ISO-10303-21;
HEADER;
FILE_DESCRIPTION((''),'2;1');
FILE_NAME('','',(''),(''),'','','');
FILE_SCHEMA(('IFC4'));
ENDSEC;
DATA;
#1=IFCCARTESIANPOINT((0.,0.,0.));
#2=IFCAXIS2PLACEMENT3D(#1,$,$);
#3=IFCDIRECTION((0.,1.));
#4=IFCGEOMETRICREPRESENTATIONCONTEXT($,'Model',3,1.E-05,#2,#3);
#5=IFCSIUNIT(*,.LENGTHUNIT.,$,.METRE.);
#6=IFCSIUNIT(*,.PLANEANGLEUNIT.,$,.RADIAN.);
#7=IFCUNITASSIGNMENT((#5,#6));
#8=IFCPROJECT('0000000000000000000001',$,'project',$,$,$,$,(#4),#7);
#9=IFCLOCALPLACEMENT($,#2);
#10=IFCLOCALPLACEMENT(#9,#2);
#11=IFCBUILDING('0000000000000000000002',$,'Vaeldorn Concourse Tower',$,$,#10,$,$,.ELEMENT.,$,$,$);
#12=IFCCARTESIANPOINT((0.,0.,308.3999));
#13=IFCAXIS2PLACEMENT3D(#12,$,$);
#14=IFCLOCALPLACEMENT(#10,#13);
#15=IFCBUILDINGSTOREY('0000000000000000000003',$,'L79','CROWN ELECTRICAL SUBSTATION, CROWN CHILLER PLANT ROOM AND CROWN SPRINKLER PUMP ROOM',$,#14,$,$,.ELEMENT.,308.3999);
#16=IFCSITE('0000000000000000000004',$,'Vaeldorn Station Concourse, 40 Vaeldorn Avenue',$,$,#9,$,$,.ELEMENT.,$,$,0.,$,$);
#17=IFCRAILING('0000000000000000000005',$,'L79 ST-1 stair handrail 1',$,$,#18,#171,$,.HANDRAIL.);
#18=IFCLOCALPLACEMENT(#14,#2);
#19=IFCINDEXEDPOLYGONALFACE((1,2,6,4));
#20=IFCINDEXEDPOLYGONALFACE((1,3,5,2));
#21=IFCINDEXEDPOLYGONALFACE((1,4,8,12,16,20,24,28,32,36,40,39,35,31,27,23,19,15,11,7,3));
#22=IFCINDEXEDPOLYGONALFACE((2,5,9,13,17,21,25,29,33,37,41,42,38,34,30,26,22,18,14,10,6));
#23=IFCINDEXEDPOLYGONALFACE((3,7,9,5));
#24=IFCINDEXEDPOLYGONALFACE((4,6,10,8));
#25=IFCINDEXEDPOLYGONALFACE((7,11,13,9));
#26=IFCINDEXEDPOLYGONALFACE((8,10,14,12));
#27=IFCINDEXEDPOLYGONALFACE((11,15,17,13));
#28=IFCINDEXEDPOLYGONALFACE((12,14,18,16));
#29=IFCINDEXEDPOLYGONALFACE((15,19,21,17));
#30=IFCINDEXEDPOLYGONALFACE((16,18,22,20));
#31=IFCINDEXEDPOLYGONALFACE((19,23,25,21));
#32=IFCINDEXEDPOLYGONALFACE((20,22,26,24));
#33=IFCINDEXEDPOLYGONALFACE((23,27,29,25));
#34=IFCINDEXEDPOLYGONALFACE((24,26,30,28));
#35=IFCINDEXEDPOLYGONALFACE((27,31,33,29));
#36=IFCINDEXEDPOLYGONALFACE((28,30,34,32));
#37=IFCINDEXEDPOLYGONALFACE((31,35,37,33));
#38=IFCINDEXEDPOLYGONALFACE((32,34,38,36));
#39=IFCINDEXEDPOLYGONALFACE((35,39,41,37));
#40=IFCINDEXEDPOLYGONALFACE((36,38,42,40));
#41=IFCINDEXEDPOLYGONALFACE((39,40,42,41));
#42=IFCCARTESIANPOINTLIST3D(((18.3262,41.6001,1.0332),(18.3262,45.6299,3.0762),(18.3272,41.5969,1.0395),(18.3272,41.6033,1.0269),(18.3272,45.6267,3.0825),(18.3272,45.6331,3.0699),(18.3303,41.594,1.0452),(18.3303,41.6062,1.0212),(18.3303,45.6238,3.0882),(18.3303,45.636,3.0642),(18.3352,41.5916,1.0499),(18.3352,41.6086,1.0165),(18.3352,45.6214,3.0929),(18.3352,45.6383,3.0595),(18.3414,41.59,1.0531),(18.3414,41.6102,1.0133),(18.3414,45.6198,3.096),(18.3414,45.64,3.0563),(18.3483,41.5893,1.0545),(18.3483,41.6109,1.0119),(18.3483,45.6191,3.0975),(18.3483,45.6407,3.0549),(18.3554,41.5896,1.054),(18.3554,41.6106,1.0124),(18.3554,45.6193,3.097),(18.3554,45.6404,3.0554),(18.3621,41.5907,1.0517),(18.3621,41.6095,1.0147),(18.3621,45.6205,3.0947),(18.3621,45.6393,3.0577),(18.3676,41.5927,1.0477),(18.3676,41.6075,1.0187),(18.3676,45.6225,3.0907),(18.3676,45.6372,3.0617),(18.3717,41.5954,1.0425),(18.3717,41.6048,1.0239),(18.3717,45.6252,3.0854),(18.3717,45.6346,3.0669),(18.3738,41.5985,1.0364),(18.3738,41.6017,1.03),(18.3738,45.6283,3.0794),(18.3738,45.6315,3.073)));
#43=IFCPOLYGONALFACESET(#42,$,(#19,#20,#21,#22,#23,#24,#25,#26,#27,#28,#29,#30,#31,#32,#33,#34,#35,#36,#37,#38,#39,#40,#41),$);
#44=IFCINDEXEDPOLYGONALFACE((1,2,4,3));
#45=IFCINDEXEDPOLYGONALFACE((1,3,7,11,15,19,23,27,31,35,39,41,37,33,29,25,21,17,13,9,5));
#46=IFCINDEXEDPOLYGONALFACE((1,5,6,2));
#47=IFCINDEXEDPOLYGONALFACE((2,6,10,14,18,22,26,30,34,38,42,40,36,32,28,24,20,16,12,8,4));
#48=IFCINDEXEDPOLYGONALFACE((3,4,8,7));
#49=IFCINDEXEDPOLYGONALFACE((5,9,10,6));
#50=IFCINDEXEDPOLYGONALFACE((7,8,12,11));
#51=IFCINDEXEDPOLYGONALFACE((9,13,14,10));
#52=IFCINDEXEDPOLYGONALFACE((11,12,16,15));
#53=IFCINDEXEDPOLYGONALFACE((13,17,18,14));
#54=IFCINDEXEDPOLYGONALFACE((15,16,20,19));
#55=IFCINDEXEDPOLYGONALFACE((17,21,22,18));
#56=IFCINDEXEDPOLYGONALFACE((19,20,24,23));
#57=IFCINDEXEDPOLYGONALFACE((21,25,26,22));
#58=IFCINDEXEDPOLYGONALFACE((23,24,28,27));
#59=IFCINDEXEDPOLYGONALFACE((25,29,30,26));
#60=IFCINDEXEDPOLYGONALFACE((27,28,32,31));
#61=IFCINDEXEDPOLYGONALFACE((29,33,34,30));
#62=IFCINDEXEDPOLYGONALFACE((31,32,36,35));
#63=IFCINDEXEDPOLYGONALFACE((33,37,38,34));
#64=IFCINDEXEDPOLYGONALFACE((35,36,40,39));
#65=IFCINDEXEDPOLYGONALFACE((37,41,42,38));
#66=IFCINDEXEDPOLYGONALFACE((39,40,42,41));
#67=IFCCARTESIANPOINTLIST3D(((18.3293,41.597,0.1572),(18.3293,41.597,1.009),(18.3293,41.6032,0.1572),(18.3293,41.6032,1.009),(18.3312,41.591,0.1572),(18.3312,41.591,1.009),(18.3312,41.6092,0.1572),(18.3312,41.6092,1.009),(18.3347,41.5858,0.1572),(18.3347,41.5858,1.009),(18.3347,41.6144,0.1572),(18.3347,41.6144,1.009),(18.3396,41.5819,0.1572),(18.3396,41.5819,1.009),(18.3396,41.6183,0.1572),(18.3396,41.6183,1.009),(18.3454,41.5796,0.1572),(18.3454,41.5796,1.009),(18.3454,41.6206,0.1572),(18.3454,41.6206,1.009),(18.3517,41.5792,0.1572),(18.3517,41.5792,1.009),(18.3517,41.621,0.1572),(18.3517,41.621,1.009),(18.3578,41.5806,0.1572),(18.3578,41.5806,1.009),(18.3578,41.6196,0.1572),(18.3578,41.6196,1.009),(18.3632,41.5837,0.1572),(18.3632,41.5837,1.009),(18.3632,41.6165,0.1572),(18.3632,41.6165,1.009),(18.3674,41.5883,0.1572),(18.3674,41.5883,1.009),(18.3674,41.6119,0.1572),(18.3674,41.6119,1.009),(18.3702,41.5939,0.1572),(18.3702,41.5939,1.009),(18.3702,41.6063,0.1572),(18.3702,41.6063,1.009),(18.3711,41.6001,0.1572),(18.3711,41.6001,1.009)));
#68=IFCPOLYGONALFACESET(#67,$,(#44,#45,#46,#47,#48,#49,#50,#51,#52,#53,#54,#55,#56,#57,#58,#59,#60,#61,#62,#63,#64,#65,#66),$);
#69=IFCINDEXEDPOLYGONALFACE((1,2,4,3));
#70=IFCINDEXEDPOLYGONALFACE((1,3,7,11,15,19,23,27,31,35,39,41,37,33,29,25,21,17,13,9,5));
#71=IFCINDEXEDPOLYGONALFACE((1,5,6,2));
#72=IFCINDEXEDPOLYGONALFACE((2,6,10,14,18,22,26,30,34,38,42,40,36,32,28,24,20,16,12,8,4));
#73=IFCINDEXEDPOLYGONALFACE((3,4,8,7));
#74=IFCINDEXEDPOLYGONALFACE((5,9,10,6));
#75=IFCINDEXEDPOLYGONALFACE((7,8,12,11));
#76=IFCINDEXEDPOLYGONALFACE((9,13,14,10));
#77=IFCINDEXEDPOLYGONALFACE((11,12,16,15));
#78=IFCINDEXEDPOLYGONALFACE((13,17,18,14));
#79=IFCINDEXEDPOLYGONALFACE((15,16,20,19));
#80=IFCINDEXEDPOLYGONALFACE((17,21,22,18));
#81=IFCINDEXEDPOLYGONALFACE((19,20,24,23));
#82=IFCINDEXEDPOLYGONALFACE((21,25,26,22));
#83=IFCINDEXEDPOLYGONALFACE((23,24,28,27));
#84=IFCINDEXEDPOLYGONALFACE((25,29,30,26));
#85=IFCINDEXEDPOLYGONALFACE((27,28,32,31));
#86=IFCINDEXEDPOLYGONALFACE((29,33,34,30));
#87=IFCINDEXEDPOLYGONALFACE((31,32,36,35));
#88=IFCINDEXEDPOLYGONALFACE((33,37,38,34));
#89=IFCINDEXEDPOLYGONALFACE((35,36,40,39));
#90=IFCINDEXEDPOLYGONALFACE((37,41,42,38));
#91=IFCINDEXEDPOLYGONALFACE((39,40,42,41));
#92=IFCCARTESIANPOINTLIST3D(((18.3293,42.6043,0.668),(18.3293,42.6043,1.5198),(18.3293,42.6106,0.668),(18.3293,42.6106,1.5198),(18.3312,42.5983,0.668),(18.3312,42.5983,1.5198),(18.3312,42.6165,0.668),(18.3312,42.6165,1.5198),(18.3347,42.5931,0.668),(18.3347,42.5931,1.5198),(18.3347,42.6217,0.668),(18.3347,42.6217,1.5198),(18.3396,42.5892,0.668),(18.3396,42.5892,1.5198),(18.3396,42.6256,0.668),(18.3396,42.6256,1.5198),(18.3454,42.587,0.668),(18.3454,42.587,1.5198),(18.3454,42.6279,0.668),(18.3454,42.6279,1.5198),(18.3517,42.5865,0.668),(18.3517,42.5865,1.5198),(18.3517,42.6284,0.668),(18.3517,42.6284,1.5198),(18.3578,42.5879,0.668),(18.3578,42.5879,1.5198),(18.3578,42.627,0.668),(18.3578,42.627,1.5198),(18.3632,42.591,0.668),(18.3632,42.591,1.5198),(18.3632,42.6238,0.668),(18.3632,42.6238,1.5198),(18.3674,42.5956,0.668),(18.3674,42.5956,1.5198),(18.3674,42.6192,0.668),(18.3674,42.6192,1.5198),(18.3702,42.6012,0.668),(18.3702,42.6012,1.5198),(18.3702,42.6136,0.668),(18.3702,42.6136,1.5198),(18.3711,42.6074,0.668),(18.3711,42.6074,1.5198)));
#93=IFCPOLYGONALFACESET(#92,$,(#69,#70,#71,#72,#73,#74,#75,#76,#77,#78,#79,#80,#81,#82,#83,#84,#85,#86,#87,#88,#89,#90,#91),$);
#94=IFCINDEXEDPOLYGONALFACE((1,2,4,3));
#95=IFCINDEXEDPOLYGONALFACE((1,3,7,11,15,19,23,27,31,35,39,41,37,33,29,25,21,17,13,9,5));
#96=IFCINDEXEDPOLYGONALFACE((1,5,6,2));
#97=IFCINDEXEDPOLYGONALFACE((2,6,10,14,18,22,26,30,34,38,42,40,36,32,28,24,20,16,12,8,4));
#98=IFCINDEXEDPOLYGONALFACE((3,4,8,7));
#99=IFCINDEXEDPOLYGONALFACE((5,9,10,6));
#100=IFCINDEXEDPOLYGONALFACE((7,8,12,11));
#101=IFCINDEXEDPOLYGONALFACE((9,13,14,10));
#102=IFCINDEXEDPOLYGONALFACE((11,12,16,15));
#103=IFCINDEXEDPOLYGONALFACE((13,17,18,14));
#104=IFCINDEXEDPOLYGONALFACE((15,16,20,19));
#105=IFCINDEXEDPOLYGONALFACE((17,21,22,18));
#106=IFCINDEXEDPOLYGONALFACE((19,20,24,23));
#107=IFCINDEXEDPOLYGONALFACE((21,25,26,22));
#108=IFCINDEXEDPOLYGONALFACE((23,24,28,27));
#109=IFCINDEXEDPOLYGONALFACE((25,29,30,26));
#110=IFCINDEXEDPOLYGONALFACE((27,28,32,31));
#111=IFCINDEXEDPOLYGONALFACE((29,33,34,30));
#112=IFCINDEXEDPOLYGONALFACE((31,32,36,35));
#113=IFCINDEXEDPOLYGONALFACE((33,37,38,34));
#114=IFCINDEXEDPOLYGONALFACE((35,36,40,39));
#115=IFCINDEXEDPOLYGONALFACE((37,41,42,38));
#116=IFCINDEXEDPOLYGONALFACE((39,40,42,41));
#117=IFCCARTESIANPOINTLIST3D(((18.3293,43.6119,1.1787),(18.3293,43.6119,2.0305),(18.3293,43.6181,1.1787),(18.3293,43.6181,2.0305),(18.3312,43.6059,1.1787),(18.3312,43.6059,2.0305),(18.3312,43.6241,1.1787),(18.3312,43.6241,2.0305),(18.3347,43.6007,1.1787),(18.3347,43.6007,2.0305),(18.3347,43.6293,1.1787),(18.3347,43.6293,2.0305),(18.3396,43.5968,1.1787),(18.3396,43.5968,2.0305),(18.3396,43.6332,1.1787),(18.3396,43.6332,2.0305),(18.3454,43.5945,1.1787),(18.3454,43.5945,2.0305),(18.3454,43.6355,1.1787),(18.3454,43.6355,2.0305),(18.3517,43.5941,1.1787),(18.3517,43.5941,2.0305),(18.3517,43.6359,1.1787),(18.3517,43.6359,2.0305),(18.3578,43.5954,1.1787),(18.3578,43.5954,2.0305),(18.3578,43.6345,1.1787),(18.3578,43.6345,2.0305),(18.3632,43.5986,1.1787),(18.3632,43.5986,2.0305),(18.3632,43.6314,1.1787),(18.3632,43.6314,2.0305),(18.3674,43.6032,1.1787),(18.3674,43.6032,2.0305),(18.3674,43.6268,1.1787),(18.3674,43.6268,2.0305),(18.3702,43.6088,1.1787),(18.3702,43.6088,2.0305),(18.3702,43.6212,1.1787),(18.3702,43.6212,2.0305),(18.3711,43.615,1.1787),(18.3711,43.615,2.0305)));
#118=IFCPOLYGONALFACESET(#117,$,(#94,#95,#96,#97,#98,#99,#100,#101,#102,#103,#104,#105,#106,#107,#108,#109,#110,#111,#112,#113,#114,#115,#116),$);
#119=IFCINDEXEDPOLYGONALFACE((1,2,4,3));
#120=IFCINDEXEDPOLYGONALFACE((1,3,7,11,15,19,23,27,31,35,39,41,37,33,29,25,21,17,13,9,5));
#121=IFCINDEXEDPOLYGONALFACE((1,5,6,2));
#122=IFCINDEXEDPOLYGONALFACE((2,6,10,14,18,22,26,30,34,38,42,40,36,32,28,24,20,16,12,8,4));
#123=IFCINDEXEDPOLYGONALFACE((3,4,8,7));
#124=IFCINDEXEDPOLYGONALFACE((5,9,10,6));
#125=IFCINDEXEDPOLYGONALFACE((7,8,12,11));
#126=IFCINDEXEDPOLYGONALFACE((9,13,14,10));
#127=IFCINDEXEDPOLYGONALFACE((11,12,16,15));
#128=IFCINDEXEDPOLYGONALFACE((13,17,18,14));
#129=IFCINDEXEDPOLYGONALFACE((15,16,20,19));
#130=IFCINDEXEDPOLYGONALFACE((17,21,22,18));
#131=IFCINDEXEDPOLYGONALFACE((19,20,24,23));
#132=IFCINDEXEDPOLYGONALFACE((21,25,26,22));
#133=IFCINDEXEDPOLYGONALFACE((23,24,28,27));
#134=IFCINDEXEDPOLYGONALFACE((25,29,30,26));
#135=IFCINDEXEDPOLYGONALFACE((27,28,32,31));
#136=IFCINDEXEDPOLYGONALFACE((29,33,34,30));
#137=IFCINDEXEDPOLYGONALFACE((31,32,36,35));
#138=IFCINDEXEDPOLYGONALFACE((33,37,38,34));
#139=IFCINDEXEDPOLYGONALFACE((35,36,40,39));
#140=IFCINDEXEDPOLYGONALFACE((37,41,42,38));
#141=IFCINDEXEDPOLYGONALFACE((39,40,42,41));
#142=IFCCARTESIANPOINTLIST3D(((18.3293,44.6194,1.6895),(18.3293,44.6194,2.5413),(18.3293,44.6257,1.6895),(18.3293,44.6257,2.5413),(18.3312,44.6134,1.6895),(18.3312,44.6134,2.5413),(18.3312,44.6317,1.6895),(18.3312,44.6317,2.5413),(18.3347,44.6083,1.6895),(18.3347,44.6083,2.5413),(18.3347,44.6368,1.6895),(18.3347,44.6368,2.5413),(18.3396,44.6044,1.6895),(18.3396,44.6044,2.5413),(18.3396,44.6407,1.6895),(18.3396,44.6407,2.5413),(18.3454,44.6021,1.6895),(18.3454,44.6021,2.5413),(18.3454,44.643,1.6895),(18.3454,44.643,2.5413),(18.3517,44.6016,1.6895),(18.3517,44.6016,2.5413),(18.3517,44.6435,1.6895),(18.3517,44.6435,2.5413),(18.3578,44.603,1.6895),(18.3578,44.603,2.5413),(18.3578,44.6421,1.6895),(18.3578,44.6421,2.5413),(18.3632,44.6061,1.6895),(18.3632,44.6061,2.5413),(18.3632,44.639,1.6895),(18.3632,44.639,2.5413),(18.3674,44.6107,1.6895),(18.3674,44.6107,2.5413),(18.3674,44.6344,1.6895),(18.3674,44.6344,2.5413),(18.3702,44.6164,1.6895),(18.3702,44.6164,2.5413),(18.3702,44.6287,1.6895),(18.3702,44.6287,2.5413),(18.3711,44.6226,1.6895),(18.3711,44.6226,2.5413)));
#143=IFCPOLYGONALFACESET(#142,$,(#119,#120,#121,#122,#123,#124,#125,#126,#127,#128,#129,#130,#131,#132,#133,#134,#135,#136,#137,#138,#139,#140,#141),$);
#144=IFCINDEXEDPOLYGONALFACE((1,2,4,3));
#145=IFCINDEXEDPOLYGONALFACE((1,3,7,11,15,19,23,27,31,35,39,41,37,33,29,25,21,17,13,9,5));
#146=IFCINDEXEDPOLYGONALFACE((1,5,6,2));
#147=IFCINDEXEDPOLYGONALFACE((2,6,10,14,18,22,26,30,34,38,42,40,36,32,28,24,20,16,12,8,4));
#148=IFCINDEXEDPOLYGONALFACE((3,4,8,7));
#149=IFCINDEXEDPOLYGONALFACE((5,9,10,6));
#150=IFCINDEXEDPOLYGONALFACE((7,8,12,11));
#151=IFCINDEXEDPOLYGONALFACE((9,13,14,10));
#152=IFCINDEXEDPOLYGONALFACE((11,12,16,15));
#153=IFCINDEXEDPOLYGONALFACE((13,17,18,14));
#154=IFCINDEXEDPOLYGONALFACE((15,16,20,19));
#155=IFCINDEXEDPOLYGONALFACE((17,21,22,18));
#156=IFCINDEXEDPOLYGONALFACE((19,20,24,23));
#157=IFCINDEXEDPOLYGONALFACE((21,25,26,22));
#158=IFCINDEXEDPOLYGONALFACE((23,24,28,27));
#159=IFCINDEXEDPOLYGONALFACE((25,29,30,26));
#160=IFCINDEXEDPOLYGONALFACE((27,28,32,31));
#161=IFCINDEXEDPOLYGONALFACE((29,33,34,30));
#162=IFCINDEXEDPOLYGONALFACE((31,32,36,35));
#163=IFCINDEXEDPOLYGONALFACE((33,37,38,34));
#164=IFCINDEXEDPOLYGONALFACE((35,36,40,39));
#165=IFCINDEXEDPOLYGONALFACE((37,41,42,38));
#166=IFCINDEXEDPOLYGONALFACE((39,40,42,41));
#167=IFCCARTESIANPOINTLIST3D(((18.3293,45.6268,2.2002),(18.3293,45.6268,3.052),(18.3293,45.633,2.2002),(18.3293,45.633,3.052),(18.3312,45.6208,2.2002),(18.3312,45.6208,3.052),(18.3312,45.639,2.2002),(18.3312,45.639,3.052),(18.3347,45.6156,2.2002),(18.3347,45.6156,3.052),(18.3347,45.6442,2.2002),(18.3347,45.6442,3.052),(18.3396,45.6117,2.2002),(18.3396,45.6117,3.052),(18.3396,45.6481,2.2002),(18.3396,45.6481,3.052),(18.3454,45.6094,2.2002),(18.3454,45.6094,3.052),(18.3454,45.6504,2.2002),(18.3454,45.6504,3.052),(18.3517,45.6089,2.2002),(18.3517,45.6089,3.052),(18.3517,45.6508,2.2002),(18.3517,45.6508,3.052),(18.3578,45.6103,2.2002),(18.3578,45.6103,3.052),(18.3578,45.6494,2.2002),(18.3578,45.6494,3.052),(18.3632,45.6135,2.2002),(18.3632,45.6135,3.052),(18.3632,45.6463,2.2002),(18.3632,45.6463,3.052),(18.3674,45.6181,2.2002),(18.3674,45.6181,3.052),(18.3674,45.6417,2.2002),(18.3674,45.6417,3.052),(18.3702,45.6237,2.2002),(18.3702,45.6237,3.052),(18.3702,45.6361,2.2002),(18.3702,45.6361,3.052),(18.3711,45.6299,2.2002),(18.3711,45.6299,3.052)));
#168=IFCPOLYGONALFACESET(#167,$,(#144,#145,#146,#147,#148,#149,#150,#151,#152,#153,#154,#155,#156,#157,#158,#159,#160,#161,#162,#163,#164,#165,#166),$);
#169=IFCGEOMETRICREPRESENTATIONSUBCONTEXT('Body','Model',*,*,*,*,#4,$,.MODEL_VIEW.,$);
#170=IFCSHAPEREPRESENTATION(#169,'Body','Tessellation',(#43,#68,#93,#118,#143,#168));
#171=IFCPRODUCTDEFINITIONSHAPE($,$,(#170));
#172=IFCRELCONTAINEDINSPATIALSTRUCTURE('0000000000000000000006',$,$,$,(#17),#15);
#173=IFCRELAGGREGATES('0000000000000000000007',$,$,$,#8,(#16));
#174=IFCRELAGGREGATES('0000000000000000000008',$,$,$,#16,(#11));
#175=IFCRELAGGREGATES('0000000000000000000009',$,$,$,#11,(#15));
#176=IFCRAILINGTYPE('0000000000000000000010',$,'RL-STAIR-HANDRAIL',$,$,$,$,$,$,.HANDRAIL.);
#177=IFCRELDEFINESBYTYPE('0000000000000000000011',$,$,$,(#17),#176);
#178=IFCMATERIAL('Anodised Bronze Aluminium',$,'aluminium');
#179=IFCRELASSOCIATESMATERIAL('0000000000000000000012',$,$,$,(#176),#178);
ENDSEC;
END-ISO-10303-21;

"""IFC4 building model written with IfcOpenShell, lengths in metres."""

from ifc_helpers import new_model, si_unit, direction, frame, origin, origin_2d, place, context, subcontext, project, spatial, circle, extrude, material, type_object, element, save


model = new_model("IFC4")

# Units and contexts
model_context = context("Model", 3, precision=1e-05, world=origin(), true_north=direction((0.0, 1.0)))
body_context = subcontext(model_context, "Body", "Model", "MODEL_VIEW")
ifc_project = project(units=[si_unit("LENGTHUNIT", "METRE"), si_unit("PLANEANGLEUNIT", "RADIAN")], contexts=[model_context])

# Site, building, storey
site_placement = place(None, origin())
site = spatial("IfcSite", under=ifc_project, at=site_placement, Name="Vaeldorn Station Concourse, 40 Vaeldorn Avenue", CompositionType="ELEMENT", RefElevation=0.0)
building_placement = place(site_placement, origin())
building = spatial("IfcBuilding", under=site, at=building_placement, Name="Vaeldorn Concourse Tower", CompositionType="ELEMENT")
storey_placement = place(building_placement, frame((0.0, 0.0, 308.3999)))
storey = spatial("IfcBuildingStorey", under=building, at=storey_placement, Name="L79", Description="CROWN ELECTRICAL SUBSTATION, CROWN CHILLER PLANT ROOM AND CROWN SPRINKLER PUMP ROOM", CompositionType="ELEMENT", Elevation=308.3999)

# Shared definitions
ifc_material_1 = material(Name="Anodised Bronze Aluminium", Category="aluminium")

# Railing
railing_type_1 = type_object("IfcRailingType", Name="RL-STAIR-HANDRAIL", PredefinedType="HANDRAIL", material=ifc_material_1)
railing_1_placement = place(storey_placement, frame((18.3501, 41.6001, 0.1572)))
element("IfcRailing", 1, at=railing_1_placement, inside=storey, type_object=railing_type_1, Name="L79 ST-1 stair handrail 1", PredefinedType="HANDRAIL", context=body_context, shape_type="SweptSolid", body=[
    extrude(circle(Radius=0.0239, at=origin_2d()), frame((0.0, 0.0, 0.876), z_axis=(0.0, 0.891928, 0.452178), x_axis=(-1.0, 0.0, 0.0)), (0.0, 0.0, 1.0), 4.5181),
    extrude(circle(Radius=0.021, at=origin_2d()), origin(), (0.0, 0.0, 1.0), 0.8518),
    extrude(circle(Radius=0.021, at=origin_2d()), frame((0.0, 1.0073, 0.5107)), (0.0, 0.0, 1.0), 0.8518),
    extrude(circle(Radius=0.021, at=origin_2d()), frame((0.0, 2.0149, 1.0215)), (0.0, 0.0, 1.0), 0.8518),
    extrude(circle(Radius=0.021, at=origin_2d()), frame((0.0, 3.0225, 1.5322)), (0.0, 0.0, 1.0), 0.8518),
    extrude(circle(Radius=0.021, at=origin_2d()), frame((0.0, 4.0298, 2.043)), (0.0, 0.0, 1.0), 0.8518),
])

save(model, "model.ifc")
